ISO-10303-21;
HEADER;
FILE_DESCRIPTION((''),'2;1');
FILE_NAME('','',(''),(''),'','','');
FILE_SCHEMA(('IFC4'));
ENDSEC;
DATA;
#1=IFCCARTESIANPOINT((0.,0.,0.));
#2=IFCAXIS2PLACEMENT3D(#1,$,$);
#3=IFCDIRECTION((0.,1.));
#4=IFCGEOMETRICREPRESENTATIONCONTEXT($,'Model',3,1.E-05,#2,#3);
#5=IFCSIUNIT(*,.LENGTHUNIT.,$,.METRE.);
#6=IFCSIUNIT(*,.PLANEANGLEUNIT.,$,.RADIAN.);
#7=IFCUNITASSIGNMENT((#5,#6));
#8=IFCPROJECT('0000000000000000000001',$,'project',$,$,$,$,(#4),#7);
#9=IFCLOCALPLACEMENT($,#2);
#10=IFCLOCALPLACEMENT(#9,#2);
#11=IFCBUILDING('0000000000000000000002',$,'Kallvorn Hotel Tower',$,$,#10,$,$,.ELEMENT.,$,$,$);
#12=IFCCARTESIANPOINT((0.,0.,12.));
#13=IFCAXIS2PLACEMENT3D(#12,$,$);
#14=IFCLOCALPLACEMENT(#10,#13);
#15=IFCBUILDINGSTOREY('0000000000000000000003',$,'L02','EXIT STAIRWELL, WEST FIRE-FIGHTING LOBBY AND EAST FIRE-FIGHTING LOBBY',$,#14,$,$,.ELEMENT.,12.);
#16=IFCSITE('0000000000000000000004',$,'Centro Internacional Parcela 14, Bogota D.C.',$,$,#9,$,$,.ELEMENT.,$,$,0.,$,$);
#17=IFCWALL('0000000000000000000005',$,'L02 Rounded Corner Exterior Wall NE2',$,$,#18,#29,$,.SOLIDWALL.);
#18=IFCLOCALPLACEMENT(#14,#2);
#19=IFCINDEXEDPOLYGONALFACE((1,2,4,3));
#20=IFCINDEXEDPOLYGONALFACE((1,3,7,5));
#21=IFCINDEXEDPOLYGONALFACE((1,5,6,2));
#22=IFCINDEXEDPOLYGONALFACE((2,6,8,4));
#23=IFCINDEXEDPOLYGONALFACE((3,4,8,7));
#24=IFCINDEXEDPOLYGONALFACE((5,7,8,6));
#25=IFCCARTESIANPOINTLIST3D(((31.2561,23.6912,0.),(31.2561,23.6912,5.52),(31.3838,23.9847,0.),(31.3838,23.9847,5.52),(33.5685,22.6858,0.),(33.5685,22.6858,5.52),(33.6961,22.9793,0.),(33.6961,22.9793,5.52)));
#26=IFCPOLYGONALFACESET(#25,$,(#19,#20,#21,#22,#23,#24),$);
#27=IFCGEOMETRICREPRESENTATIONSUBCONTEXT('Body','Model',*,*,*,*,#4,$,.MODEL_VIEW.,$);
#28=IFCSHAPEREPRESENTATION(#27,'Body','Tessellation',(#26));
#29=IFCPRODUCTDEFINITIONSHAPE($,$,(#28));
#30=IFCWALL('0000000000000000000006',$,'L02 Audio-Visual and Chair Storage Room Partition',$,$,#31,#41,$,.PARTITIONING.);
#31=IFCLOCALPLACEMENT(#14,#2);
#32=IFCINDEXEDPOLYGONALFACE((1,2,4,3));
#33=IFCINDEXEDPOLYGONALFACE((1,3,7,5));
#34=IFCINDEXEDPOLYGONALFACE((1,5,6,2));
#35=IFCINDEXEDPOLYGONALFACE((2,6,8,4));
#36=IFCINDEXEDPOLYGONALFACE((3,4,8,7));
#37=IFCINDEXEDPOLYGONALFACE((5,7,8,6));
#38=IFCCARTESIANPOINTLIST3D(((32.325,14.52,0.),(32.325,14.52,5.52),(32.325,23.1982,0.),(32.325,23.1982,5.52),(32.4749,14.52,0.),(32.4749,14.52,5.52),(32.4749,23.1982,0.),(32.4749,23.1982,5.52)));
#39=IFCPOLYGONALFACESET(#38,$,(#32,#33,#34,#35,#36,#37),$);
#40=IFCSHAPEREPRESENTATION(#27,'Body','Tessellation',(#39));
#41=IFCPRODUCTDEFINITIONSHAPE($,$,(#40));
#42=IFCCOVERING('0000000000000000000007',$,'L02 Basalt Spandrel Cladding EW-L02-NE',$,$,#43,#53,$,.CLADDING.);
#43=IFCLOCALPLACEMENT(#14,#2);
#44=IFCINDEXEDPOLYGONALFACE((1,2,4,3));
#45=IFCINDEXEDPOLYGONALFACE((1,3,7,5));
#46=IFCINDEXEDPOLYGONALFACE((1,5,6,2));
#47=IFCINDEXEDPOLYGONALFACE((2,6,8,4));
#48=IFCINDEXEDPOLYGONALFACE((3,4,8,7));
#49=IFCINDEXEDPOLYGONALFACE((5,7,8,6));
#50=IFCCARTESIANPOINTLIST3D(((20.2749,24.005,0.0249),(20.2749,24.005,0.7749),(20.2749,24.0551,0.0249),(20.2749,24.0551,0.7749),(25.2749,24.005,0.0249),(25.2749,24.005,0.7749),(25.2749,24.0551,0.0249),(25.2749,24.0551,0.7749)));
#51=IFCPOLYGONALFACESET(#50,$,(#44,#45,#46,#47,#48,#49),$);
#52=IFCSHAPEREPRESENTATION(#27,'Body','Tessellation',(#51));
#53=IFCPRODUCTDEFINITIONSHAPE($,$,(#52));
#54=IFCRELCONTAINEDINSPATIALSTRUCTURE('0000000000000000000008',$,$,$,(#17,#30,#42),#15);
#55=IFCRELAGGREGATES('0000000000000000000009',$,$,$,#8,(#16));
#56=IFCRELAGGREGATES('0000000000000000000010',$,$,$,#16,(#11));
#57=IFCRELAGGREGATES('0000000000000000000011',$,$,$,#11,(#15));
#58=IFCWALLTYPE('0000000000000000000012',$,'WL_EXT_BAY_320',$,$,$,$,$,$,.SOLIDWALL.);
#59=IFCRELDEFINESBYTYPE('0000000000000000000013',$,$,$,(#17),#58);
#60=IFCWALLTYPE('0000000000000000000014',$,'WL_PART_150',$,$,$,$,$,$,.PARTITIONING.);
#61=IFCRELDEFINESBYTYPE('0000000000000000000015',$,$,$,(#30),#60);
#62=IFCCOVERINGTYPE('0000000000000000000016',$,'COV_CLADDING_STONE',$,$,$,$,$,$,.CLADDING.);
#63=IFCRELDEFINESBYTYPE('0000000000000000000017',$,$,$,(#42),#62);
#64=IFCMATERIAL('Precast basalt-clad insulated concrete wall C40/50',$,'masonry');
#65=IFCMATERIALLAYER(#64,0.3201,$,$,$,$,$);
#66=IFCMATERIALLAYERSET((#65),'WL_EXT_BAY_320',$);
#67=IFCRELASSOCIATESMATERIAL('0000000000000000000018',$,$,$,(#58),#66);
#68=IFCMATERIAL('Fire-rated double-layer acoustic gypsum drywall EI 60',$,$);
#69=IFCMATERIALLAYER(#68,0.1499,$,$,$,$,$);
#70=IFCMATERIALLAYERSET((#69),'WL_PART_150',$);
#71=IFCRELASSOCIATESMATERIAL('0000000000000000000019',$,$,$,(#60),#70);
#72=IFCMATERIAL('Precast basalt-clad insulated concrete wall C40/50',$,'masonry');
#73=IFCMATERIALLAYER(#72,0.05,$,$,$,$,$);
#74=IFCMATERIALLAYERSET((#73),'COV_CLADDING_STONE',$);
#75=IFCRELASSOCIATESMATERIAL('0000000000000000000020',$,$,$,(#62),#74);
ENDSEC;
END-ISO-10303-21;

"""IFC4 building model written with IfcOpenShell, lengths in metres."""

from ifc_helpers import new_model, si_unit, direction, frame, frame_2d, origin, origin_2d, place, context, subcontext, project, spatial, rectangle, extrude, material, layer, layer_set, type_object, element, save


model = new_model("IFC4")

# Units and contexts
model_context = context("Model", 3, precision=1e-05, world=origin(), true_north=direction((0.0, 1.0)))
body_context = subcontext(model_context, "Body", "Model", "MODEL_VIEW")
ifc_project = project(units=[si_unit("LENGTHUNIT", "METRE"), si_unit("PLANEANGLEUNIT", "RADIAN")], contexts=[model_context])

# Site, building, storey
site_placement = place(None, origin())
site = spatial("IfcSite", under=ifc_project, at=site_placement, Name="Centro Internacional Parcela 14, Bogota D.C.", CompositionType="ELEMENT", RefElevation=0.0)
building_placement = place(site_placement, origin())
building = spatial("IfcBuilding", under=site, at=building_placement, Name="Kallvorn Hotel Tower", CompositionType="ELEMENT")
storey_placement = place(building_placement, frame((0.0, 0.0, 12.0)))
storey = spatial("IfcBuildingStorey", under=building, at=storey_placement, Name="L02", Description="EXIT STAIRWELL, WEST FIRE-FIGHTING LOBBY AND EAST FIRE-FIGHTING LOBBY", CompositionType="ELEMENT", Elevation=12.0)

# Shared definitions
ifc_material_1 = material(Name="Precast basalt-clad insulated concrete wall C40/50", Category="masonry")
ifc_layer_1 = layer(ifc_material_1, 0.3201)
ifc_layer_set_1 = layer_set([ifc_layer_1], Name="WL_EXT_BAY_320")
wall_type_1 = type_object("IfcWallType", Name="WL_EXT_BAY_320", PredefinedType="SOLIDWALL", material=ifc_layer_set_1)

# Walls
wall_1_placement = place(storey_placement, frame((33.6323, 22.8325, 0.0), z_axis=(0.0, 0.0, 1.0), x_axis=(-0.917064, 0.39874, 0.0)))
element("IfcWall", 1, at=wall_1_placement, inside=storey, type_object=wall_type_1, Name="L02 Rounded Corner Exterior Wall NE2", PredefinedType="SOLIDWALL", context=body_context, shape_type="SweptSolid", body=[
    extrude(rectangle(XDim=2.5215, YDim=0.3201, at=frame_2d((1.2607, 0.0))), origin(), (0.0, 0.0, 1.0), 5.52),
])
ifc_material_2 = material(Name="Fire-rated double-layer acoustic gypsum drywall EI 60")
ifc_layer_2 = layer(ifc_material_2, 0.1499)
ifc_layer_set_2 = layer_set([ifc_layer_2], Name="WL_PART_150")
wall_type_2 = type_object("IfcWallType", Name="WL_PART_150", PredefinedType="PARTITIONING", material=ifc_layer_set_2)
wall_2_placement = place(storey_placement, frame((32.3999, 14.52, 0.0), z_axis=(0.0, 0.0, 1.0), x_axis=(0.0, 1.0, 0.0)))
element("IfcWall", 2, at=wall_2_placement, inside=storey, type_object=wall_type_2, Name="L02 Audio-Visual and Chair Storage Room Partition", PredefinedType="PARTITIONING", context=body_context, shape_type="SweptSolid", body=[
    extrude(rectangle(XDim=8.6782, YDim=0.1499, at=frame_2d((4.3391, 0.0))), origin(), (0.0, 0.0, 1.0), 5.52),
])

# Covering
ifc_material_3 = material(Name="Precast basalt-clad insulated concrete wall C40/50", Category="masonry")
ifc_layer_3 = layer(ifc_material_3, 0.05)
ifc_layer_set_3 = layer_set([ifc_layer_3], Name="COV_CLADDING_STONE")
covering_type = type_object("IfcCoveringType", Name="COV_CLADDING_STONE", PredefinedType="CLADDING", material=ifc_layer_set_3)
covering_placement = place(storey_placement, frame((22.7749, 24.03, 0.0249), z_axis=(0.0, 0.0, 1.0), x_axis=(1.0, 0.0, 0.0)))
element("IfcCovering", 3, at=covering_placement, inside=storey, type_object=covering_type, Name="L02 Basalt Spandrel Cladding EW-L02-NE", PredefinedType="CLADDING", context=body_context, shape_type="SweptSolid", body=[
    extrude(rectangle(XDim=5.0, YDim=0.05, at=origin_2d()), origin(), (0.0, 0.0, 1.0), 0.75),
])

save(model, "model.ifc")
